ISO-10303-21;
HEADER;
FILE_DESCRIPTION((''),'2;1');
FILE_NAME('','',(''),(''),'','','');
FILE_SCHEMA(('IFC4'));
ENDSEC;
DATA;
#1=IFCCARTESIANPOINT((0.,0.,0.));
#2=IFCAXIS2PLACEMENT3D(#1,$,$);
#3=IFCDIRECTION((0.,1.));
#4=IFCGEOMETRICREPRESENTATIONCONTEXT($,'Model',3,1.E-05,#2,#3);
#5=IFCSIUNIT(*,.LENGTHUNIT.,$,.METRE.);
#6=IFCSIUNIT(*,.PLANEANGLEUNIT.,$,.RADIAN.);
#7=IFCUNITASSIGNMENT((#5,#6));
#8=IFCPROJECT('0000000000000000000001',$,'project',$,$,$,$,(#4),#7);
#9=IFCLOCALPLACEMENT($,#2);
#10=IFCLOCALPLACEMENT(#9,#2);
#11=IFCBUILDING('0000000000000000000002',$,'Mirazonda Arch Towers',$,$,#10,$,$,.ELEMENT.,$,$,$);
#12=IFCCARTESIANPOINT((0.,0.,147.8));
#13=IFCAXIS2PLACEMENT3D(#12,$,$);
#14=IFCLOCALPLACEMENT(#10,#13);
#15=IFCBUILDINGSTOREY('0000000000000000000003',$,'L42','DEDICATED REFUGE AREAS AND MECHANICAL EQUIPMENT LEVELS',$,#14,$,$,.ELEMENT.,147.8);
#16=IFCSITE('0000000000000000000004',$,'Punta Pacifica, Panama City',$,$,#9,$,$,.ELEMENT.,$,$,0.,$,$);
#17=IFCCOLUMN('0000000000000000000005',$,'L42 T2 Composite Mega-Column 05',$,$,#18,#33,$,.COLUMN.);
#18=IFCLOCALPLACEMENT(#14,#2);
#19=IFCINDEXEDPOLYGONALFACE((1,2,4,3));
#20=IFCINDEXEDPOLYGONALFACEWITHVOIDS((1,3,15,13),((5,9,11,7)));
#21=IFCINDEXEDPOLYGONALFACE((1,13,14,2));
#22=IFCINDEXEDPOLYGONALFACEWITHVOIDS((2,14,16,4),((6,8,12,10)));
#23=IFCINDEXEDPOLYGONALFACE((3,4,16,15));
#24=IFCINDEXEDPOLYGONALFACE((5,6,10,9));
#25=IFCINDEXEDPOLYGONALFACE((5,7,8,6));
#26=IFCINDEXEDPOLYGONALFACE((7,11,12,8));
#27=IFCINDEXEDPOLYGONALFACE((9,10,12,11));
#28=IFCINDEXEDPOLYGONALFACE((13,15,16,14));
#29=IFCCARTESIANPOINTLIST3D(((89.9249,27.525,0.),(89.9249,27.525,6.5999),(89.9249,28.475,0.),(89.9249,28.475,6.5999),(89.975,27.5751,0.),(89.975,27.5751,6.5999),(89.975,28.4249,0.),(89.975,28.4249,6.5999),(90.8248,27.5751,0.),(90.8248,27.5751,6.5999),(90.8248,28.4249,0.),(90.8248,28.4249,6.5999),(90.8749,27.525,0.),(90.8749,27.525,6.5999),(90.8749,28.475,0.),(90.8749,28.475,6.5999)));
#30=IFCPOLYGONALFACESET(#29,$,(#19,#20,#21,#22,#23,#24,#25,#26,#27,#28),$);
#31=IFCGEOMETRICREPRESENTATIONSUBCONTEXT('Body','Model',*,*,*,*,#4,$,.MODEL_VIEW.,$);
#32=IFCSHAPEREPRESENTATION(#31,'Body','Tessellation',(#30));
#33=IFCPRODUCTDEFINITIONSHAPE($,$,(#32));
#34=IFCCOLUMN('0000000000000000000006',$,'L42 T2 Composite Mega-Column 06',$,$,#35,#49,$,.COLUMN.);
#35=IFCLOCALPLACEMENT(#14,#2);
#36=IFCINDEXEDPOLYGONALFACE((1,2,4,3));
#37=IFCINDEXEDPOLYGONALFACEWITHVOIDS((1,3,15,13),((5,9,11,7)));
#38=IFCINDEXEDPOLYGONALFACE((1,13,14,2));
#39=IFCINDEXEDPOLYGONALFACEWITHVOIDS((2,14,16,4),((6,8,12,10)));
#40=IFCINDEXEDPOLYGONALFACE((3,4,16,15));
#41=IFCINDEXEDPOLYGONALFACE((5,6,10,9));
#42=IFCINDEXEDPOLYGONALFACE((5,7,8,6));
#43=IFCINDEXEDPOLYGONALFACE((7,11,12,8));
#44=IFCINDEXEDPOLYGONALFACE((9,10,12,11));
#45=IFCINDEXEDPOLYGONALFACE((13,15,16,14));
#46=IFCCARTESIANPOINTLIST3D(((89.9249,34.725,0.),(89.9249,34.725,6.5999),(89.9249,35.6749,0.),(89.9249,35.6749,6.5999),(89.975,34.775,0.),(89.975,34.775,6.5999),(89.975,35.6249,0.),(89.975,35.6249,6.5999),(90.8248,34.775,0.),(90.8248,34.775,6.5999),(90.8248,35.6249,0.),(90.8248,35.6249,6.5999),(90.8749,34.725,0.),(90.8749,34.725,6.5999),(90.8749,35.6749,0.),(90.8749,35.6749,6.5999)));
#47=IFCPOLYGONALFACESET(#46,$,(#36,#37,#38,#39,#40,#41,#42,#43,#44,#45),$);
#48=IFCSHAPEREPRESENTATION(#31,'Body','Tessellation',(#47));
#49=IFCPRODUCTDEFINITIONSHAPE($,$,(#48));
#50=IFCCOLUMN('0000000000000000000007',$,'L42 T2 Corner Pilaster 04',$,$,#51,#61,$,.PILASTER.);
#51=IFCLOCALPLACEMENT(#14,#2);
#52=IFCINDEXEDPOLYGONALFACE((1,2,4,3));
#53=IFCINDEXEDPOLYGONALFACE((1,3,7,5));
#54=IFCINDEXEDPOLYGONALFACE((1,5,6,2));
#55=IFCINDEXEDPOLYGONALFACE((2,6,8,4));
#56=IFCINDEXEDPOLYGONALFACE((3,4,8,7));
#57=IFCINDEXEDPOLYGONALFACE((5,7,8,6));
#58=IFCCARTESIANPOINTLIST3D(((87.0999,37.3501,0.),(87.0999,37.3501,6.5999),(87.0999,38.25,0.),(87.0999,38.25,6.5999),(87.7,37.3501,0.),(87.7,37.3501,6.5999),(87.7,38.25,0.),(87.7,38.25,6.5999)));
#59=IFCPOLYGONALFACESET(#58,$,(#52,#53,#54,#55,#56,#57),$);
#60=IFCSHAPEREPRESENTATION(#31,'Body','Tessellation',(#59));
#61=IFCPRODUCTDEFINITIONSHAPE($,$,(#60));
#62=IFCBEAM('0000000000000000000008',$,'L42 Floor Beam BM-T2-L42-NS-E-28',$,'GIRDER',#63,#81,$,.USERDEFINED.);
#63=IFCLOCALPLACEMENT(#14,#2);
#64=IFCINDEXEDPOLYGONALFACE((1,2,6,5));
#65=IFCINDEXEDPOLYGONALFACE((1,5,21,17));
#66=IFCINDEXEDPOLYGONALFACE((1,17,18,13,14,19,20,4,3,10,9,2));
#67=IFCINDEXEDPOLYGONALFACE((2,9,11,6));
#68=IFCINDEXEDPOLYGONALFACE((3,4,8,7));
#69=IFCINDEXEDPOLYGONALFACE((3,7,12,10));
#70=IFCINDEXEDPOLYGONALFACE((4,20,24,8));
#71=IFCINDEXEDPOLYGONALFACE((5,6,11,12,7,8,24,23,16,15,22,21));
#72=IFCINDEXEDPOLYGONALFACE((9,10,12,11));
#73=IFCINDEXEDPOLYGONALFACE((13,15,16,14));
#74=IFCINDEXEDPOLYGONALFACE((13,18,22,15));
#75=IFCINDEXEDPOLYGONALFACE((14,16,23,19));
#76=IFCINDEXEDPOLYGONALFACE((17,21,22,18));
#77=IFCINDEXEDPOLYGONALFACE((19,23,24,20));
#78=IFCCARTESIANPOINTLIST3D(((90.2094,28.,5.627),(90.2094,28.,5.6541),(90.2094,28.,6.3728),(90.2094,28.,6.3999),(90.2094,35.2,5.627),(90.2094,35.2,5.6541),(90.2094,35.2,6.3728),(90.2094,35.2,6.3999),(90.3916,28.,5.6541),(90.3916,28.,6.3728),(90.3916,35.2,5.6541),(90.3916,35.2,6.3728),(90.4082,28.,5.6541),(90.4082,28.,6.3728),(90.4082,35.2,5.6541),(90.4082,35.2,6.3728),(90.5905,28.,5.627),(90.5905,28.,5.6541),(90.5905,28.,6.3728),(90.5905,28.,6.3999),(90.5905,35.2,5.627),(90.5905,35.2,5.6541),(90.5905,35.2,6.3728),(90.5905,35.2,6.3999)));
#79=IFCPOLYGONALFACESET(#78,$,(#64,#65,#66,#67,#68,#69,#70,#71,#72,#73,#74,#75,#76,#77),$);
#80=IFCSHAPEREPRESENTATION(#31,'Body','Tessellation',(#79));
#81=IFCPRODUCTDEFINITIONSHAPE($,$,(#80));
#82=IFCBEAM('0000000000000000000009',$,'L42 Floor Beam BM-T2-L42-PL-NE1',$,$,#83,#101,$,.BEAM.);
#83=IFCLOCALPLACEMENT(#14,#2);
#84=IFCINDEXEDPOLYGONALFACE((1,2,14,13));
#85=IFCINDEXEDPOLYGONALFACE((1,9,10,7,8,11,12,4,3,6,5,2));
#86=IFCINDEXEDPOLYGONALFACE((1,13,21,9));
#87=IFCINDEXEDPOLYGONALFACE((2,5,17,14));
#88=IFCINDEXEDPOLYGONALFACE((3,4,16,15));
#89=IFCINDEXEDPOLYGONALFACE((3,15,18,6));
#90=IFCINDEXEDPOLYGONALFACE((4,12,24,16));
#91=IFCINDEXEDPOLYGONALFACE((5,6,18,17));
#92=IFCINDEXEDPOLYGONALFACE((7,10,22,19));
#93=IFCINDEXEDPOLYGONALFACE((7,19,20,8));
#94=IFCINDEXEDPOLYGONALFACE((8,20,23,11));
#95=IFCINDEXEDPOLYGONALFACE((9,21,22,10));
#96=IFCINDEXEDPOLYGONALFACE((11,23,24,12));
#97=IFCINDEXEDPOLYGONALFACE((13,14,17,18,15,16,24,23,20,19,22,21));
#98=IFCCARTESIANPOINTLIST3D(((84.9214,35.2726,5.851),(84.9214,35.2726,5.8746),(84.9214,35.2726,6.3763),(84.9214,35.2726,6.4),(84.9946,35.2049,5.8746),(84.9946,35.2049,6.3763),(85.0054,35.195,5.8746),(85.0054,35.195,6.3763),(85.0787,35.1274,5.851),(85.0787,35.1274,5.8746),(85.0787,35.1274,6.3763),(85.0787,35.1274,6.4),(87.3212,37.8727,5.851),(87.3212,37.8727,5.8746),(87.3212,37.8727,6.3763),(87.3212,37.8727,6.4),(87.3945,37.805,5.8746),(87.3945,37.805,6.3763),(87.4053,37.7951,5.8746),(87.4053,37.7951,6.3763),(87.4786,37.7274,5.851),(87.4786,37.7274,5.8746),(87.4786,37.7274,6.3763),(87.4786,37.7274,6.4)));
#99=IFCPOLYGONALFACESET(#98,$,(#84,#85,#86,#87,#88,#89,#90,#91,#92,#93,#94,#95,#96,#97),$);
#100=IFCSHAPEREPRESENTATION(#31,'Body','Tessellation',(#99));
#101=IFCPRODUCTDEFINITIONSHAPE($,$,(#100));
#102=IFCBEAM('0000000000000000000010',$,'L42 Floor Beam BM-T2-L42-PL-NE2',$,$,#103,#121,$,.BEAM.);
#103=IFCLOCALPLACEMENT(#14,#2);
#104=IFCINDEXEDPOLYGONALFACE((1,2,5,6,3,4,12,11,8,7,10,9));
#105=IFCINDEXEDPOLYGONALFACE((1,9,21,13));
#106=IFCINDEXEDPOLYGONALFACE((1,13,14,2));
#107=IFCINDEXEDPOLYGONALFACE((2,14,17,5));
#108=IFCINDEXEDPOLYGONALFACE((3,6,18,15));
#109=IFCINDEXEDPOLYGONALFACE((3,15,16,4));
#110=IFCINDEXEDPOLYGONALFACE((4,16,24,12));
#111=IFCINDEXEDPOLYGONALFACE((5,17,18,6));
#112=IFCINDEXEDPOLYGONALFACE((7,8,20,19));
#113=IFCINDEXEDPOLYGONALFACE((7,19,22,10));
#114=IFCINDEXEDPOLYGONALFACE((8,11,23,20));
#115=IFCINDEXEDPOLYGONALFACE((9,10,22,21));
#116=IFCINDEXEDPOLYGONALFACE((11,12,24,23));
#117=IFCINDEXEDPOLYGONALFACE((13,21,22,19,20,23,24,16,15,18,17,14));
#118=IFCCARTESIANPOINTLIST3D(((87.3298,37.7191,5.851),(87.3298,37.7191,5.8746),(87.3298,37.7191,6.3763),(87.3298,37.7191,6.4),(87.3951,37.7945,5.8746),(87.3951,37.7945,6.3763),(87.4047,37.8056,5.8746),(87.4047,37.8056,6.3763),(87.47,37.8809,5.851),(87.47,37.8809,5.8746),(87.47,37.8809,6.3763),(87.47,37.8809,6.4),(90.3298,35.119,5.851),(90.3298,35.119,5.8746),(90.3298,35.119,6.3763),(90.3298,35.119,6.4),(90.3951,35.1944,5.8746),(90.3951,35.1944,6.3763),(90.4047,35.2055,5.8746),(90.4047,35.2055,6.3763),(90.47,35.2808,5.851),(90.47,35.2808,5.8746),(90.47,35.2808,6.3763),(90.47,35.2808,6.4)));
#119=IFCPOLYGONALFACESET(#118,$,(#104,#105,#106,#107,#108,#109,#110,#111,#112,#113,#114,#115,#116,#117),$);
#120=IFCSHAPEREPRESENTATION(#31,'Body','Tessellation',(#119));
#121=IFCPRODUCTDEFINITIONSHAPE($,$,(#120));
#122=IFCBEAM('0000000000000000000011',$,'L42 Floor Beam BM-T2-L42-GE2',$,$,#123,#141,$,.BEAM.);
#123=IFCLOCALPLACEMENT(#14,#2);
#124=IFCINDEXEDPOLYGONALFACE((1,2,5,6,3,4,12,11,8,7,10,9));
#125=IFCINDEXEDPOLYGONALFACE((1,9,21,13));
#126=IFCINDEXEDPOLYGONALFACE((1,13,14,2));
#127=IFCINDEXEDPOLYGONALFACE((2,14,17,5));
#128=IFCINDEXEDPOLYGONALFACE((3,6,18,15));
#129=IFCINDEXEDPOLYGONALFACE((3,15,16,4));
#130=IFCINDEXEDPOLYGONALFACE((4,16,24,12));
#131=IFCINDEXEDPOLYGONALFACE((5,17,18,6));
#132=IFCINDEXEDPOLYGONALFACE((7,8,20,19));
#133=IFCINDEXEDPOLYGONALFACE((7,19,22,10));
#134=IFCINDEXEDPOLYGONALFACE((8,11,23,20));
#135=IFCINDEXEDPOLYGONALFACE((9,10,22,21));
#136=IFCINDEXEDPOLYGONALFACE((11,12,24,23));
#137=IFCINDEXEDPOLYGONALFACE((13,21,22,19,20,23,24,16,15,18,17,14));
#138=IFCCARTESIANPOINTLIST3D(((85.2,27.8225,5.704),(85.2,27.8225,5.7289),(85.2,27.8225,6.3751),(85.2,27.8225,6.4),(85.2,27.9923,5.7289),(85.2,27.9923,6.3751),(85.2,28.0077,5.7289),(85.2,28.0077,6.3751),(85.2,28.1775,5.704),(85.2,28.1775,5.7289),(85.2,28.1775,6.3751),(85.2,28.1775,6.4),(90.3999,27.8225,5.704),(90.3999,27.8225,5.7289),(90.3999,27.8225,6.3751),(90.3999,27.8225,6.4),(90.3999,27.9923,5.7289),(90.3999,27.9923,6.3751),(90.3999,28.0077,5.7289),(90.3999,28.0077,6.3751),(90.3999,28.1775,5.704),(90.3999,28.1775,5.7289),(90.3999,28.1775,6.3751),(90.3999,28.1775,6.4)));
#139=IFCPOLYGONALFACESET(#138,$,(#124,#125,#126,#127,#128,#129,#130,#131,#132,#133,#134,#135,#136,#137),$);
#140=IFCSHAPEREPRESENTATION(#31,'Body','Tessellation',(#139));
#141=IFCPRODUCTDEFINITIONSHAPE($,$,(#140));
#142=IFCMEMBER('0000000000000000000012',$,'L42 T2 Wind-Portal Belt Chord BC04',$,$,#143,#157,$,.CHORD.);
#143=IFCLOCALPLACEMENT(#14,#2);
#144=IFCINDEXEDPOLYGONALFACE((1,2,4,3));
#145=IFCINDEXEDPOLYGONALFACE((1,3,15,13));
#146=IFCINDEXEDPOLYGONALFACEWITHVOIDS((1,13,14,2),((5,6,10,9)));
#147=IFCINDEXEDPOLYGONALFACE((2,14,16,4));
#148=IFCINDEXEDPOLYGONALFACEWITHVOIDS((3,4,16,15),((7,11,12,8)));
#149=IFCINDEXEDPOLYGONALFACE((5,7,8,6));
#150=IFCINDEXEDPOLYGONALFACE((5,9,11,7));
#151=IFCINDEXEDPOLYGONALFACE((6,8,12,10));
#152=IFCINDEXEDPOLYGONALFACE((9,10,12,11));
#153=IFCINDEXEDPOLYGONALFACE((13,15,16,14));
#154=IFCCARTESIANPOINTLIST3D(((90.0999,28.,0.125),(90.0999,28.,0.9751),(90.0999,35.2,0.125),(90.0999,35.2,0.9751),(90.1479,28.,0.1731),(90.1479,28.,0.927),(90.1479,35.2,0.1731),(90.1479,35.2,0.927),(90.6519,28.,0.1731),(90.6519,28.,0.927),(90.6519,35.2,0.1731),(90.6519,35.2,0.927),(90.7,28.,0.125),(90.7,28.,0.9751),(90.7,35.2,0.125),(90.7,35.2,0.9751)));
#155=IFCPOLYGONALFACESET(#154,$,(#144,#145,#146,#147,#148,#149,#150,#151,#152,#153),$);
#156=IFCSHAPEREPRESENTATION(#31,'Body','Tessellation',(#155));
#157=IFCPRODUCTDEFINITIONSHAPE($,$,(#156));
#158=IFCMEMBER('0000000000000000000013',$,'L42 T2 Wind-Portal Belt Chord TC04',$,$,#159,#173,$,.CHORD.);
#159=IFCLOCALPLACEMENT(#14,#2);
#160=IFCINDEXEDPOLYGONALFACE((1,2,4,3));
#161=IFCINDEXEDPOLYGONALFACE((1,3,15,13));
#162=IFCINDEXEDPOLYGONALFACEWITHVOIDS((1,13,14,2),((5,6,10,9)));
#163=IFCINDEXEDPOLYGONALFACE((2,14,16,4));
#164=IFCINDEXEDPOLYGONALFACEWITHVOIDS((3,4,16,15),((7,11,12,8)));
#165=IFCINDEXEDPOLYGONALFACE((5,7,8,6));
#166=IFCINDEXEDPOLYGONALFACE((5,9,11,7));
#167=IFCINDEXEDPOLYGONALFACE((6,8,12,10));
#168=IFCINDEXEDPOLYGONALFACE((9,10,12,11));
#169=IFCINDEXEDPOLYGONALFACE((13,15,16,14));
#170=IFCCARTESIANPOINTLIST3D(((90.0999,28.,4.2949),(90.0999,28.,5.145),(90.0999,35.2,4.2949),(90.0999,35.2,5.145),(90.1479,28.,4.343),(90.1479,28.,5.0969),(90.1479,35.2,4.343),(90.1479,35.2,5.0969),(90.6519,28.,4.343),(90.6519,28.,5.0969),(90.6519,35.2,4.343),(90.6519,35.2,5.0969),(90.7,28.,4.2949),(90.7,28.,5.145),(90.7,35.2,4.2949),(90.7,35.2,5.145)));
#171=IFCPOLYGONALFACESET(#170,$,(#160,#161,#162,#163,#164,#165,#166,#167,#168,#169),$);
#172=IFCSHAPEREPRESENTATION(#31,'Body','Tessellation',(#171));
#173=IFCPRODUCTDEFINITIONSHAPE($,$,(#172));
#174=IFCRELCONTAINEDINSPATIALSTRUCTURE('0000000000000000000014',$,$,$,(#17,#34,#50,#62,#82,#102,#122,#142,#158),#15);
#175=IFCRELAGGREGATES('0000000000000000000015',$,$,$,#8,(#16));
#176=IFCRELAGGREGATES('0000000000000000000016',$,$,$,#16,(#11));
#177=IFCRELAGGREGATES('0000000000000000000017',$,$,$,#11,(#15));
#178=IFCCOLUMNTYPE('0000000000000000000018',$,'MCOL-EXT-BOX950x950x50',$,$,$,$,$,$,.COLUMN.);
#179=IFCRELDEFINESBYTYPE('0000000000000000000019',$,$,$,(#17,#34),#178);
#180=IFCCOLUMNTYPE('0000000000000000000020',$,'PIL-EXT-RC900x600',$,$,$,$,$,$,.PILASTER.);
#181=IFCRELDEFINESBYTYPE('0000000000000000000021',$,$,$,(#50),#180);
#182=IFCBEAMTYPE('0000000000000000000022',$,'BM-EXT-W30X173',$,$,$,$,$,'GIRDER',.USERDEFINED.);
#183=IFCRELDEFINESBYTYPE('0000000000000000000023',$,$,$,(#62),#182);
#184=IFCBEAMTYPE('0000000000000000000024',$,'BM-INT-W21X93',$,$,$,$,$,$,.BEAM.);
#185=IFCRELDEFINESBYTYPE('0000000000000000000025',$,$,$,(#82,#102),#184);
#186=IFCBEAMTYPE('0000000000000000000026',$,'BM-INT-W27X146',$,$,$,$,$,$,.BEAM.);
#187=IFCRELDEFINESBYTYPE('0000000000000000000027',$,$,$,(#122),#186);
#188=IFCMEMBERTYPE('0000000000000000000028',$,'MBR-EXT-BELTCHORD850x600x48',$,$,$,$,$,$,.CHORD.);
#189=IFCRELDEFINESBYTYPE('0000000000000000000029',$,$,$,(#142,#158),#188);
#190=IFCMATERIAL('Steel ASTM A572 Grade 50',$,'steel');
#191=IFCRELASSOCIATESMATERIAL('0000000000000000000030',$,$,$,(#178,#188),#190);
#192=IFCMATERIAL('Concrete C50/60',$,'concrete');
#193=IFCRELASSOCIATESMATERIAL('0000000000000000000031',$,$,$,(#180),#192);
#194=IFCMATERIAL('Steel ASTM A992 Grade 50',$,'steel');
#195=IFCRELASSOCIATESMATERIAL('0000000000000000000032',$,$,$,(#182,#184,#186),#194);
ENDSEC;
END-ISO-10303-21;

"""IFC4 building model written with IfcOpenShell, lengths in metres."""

from ifc_helpers import new_model, si_unit, direction, frame, origin, origin_2d, place, context, subcontext, project, spatial, rectangle, hollow_rectangle, i_section, extrude, material, material_profile, profile_set, type_object, element, save


model = new_model("IFC4")

# Units and contexts
model_context = context("Model", 3, precision=1e-05, world=origin(), true_north=direction((0.0, 1.0)))
body_context = subcontext(model_context, "Body", "Model", "MODEL_VIEW")
ifc_project = project(units=[si_unit("LENGTHUNIT", "METRE"), si_unit("PLANEANGLEUNIT", "RADIAN")], contexts=[model_context])

# Site, building, storey
site_placement = place(None, origin())
site = spatial("IfcSite", under=ifc_project, at=site_placement, Name="Punta Pacifica, Panama City", CompositionType="ELEMENT", RefElevation=0.0)
building_placement = place(site_placement, origin())
building = spatial("IfcBuilding", under=site, at=building_placement, Name="Mirazonda Arch Towers", CompositionType="ELEMENT")
storey_placement = place(building_placement, frame((0.0, 0.0, 147.8)))
storey = spatial("IfcBuildingStorey", under=building, at=storey_placement, Name="L42", Description="DEDICATED REFUGE AREAS AND MECHANICAL EQUIPMENT LEVELS", CompositionType="ELEMENT", Elevation=147.8)

# Columns
ifc_material_1 = material(Name="Steel ASTM A572 Grade 50", Category="steel")
ifc_material_profile_1 = material_profile(ifc_material_1, hollow_rectangle(XDim=0.95, YDim=0.95, WallThickness=0.05, at=origin_2d()), Name="BOX950x950x50")
ifc_profile_set_1 = profile_set([ifc_material_profile_1], Name="Steel ASTM A572 Grade 50")
column_type_1 = type_object("IfcColumnType", Name="MCOL-EXT-BOX950x950x50", PredefinedType="COLUMN", material=ifc_profile_set_1)
for number, where, z_axis, x_axis, name in (
    (1, (90.3999, 28.0, 0.0), (0.0, 0.0, 1.0), (1.0, 0.0, 0.0), "L42 T2 Composite Mega-Column 05"),
    (2, (90.3999, 35.2, 0.0), (0.0, 0.0, 1.0), (1.0, 0.0, 0.0), "L42 T2 Composite Mega-Column 06"),
):
    element("IfcColumn", number, at=place(storey_placement, frame(where, z_axis=z_axis, x_axis=x_axis)), inside=storey, type_object=column_type_1, Name=name, PredefinedType="COLUMN", context=body_context, shape_type="SweptSolid", body=[
        extrude(hollow_rectangle(XDim=0.95, YDim=0.95, WallThickness=0.05, at=origin_2d()), origin(), (0.0, 0.0, 1.0), 6.5999),
    ])
ifc_material_2 = material(Name="Concrete C50/60", Category="concrete")
ifc_material_profile_2 = material_profile(ifc_material_2, rectangle(XDim=0.6001, YDim=0.8999, at=origin_2d()), Name="RC900x600")
ifc_profile_set_2 = profile_set([ifc_material_profile_2], Name="Concrete C50/60")
column_type_2 = type_object("IfcColumnType", Name="PIL-EXT-RC900x600", PredefinedType="PILASTER", material=ifc_profile_set_2)
column_placement = place(storey_placement, frame((87.3999, 37.8, 0.0), z_axis=(0.0, 0.0, 1.0), x_axis=(1.0, 0.0, 0.0)))
element("IfcColumn", 3, at=column_placement, inside=storey, type_object=column_type_2, Name="L42 T2 Corner Pilaster 04", PredefinedType="PILASTER", context=body_context, shape_type="SweptSolid", body=[
    extrude(rectangle(XDim=0.6001, YDim=0.8999, at=origin_2d()), origin(), (0.0, 0.0, 1.0), 6.5999),
])

# Beams
ifc_material_3 = material(Name="Steel ASTM A992 Grade 50", Category="steel")
ifc_material_profile_3 = material_profile(ifc_material_3, i_section(OverallWidth=0.3811, OverallDepth=0.7729, WebThickness=0.0166, FlangeThickness=0.0271, at=origin_2d()), Name="W30X173")
ifc_profile_set_3 = profile_set([ifc_material_profile_3], Name="Steel ASTM A992 Grade 50")
beam_type_1 = type_object("IfcBeamType", Name="BM-EXT-W30X173", ElementType="GIRDER", PredefinedType="USERDEFINED", material=ifc_profile_set_3)
beam_1_placement = place(storey_placement, frame((90.3999, 28.0, 6.0134), z_axis=(0.0, 1.0, 0.0), x_axis=(-1.0, 0.0, 0.0)))
element("IfcBeam", 4, at=beam_1_placement, inside=storey, type_object=beam_type_1, Name="L42 Floor Beam BM-T2-L42-NS-E-28", ObjectType="GIRDER", PredefinedType="USERDEFINED", context=body_context, shape_type="SweptSolid", body=[
    extrude(i_section(OverallWidth=0.3811, OverallDepth=0.7729, WebThickness=0.0166, FlangeThickness=0.0271, at=origin_2d()), origin(), (0.0, 0.0, 1.0), 7.2),
])
ifc_material_profile_4 = material_profile(ifc_material_3, i_section(OverallWidth=0.2141, OverallDepth=0.5491, WebThickness=0.0146, FlangeThickness=0.0237, at=origin_2d()), Name="W21X93")
ifc_profile_set_4 = profile_set([ifc_material_profile_4], Name="Steel ASTM A992 Grade 50")
beam_type_2 = type_object("IfcBeamType", Name="BM-INT-W21X93", PredefinedType="BEAM", material=ifc_profile_set_4)
beam_2_placement = place(storey_placement, frame((87.3999, 37.8, 6.1255), z_axis=(-0.678251, -0.73483, 0.0), x_axis=(0.73483, -0.678251, 0.0)))
element("IfcBeam", 5, at=beam_2_placement, inside=storey, type_object=beam_type_2, Name="L42 Floor Beam BM-T2-L42-PL-NE1", PredefinedType="BEAM", context=body_context, shape_type="SweptSolid", body=[
    extrude(i_section(OverallWidth=0.2141, OverallDepth=0.5491, WebThickness=0.0146, FlangeThickness=0.0237, at=origin_2d()), origin(), (0.0, 0.0, 1.0), 3.5383),
])
beam_3_placement = place(storey_placement, frame((87.3999, 37.8, 6.1255), z_axis=(0.755677, -0.654945, 0.0), x_axis=(0.654945, 0.755677, 0.0)))
element("IfcBeam", 6, at=beam_3_placement, inside=storey, type_object=beam_type_2, Name="L42 Floor Beam BM-T2-L42-PL-NE2", PredefinedType="BEAM", context=body_context, shape_type="SweptSolid", body=[
    extrude(i_section(OverallWidth=0.2141, OverallDepth=0.5491, WebThickness=0.0146, FlangeThickness=0.0237, at=origin_2d()), origin(), (0.0, 0.0, 1.0), 3.97),
])
ifc_material_profile_5 = material_profile(ifc_material_3, i_section(OverallWidth=0.355, OverallDepth=0.696, WebThickness=0.0154, FlangeThickness=0.0249, at=origin_2d()), Name="W27X146")
ifc_profile_set_5 = profile_set([ifc_material_profile_5], Name="Steel ASTM A992 Grade 50")
beam_type_3 = type_object("IfcBeamType", Name="BM-INT-W27X146", PredefinedType="BEAM", material=ifc_profile_set_5)
beam_4_placement = place(storey_placement, frame((85.2, 28.0, 6.052), z_axis=(1.0, 0.0, 0.0), x_axis=(0.0, 1.0, 0.0)))
element("IfcBeam", 7, at=beam_4_placement, inside=storey, type_object=beam_type_3, Name="L42 Floor Beam BM-T2-L42-GE2", PredefinedType="BEAM", context=body_context, shape_type="SweptSolid", body=[
    extrude(i_section(OverallWidth=0.355, OverallDepth=0.696, WebThickness=0.0154, FlangeThickness=0.0249, at=origin_2d()), origin(), (0.0, 0.0, 1.0), 5.2),
])

# Members
ifc_material_profile_6 = material_profile(ifc_material_1, hollow_rectangle(XDim=0.6001, YDim=0.8501, WallThickness=0.0481, at=origin_2d()), Name="BELTCHORD850x600x48")
ifc_profile_set_6 = profile_set([ifc_material_profile_6], Name="Steel ASTM A572 Grade 50")
member_type_1 = type_object("IfcMemberType", Name="MBR-EXT-BELTCHORD850x600x48", PredefinedType="CHORD", material=ifc_profile_set_6)
for number, where, z_axis, x_axis, name in (
    (8, (90.3999, 28.0, 0.55), (0.0, 1.0, 0.0), (-1.0, 0.0, 0.0), "L42 T2 Wind-Portal Belt Chord BC04"),
    (9, (90.3999, 28.0, 4.72), (0.0, 1.0, 0.0), (-1.0, 0.0, 0.0), "L42 T2 Wind-Portal Belt Chord TC04"),
):
    element("IfcMember", number, at=place(storey_placement, frame(where, z_axis=z_axis, x_axis=x_axis)), inside=storey, type_object=member_type_1, Name=name, PredefinedType="CHORD", context=body_context, shape_type="SweptSolid", body=[
        extrude(hollow_rectangle(XDim=0.6001, YDim=0.8501, WallThickness=0.0481, at=origin_2d()), origin(), (0.0, 0.0, 1.0), 7.2),
    ])

save(model, "model.ifc")
